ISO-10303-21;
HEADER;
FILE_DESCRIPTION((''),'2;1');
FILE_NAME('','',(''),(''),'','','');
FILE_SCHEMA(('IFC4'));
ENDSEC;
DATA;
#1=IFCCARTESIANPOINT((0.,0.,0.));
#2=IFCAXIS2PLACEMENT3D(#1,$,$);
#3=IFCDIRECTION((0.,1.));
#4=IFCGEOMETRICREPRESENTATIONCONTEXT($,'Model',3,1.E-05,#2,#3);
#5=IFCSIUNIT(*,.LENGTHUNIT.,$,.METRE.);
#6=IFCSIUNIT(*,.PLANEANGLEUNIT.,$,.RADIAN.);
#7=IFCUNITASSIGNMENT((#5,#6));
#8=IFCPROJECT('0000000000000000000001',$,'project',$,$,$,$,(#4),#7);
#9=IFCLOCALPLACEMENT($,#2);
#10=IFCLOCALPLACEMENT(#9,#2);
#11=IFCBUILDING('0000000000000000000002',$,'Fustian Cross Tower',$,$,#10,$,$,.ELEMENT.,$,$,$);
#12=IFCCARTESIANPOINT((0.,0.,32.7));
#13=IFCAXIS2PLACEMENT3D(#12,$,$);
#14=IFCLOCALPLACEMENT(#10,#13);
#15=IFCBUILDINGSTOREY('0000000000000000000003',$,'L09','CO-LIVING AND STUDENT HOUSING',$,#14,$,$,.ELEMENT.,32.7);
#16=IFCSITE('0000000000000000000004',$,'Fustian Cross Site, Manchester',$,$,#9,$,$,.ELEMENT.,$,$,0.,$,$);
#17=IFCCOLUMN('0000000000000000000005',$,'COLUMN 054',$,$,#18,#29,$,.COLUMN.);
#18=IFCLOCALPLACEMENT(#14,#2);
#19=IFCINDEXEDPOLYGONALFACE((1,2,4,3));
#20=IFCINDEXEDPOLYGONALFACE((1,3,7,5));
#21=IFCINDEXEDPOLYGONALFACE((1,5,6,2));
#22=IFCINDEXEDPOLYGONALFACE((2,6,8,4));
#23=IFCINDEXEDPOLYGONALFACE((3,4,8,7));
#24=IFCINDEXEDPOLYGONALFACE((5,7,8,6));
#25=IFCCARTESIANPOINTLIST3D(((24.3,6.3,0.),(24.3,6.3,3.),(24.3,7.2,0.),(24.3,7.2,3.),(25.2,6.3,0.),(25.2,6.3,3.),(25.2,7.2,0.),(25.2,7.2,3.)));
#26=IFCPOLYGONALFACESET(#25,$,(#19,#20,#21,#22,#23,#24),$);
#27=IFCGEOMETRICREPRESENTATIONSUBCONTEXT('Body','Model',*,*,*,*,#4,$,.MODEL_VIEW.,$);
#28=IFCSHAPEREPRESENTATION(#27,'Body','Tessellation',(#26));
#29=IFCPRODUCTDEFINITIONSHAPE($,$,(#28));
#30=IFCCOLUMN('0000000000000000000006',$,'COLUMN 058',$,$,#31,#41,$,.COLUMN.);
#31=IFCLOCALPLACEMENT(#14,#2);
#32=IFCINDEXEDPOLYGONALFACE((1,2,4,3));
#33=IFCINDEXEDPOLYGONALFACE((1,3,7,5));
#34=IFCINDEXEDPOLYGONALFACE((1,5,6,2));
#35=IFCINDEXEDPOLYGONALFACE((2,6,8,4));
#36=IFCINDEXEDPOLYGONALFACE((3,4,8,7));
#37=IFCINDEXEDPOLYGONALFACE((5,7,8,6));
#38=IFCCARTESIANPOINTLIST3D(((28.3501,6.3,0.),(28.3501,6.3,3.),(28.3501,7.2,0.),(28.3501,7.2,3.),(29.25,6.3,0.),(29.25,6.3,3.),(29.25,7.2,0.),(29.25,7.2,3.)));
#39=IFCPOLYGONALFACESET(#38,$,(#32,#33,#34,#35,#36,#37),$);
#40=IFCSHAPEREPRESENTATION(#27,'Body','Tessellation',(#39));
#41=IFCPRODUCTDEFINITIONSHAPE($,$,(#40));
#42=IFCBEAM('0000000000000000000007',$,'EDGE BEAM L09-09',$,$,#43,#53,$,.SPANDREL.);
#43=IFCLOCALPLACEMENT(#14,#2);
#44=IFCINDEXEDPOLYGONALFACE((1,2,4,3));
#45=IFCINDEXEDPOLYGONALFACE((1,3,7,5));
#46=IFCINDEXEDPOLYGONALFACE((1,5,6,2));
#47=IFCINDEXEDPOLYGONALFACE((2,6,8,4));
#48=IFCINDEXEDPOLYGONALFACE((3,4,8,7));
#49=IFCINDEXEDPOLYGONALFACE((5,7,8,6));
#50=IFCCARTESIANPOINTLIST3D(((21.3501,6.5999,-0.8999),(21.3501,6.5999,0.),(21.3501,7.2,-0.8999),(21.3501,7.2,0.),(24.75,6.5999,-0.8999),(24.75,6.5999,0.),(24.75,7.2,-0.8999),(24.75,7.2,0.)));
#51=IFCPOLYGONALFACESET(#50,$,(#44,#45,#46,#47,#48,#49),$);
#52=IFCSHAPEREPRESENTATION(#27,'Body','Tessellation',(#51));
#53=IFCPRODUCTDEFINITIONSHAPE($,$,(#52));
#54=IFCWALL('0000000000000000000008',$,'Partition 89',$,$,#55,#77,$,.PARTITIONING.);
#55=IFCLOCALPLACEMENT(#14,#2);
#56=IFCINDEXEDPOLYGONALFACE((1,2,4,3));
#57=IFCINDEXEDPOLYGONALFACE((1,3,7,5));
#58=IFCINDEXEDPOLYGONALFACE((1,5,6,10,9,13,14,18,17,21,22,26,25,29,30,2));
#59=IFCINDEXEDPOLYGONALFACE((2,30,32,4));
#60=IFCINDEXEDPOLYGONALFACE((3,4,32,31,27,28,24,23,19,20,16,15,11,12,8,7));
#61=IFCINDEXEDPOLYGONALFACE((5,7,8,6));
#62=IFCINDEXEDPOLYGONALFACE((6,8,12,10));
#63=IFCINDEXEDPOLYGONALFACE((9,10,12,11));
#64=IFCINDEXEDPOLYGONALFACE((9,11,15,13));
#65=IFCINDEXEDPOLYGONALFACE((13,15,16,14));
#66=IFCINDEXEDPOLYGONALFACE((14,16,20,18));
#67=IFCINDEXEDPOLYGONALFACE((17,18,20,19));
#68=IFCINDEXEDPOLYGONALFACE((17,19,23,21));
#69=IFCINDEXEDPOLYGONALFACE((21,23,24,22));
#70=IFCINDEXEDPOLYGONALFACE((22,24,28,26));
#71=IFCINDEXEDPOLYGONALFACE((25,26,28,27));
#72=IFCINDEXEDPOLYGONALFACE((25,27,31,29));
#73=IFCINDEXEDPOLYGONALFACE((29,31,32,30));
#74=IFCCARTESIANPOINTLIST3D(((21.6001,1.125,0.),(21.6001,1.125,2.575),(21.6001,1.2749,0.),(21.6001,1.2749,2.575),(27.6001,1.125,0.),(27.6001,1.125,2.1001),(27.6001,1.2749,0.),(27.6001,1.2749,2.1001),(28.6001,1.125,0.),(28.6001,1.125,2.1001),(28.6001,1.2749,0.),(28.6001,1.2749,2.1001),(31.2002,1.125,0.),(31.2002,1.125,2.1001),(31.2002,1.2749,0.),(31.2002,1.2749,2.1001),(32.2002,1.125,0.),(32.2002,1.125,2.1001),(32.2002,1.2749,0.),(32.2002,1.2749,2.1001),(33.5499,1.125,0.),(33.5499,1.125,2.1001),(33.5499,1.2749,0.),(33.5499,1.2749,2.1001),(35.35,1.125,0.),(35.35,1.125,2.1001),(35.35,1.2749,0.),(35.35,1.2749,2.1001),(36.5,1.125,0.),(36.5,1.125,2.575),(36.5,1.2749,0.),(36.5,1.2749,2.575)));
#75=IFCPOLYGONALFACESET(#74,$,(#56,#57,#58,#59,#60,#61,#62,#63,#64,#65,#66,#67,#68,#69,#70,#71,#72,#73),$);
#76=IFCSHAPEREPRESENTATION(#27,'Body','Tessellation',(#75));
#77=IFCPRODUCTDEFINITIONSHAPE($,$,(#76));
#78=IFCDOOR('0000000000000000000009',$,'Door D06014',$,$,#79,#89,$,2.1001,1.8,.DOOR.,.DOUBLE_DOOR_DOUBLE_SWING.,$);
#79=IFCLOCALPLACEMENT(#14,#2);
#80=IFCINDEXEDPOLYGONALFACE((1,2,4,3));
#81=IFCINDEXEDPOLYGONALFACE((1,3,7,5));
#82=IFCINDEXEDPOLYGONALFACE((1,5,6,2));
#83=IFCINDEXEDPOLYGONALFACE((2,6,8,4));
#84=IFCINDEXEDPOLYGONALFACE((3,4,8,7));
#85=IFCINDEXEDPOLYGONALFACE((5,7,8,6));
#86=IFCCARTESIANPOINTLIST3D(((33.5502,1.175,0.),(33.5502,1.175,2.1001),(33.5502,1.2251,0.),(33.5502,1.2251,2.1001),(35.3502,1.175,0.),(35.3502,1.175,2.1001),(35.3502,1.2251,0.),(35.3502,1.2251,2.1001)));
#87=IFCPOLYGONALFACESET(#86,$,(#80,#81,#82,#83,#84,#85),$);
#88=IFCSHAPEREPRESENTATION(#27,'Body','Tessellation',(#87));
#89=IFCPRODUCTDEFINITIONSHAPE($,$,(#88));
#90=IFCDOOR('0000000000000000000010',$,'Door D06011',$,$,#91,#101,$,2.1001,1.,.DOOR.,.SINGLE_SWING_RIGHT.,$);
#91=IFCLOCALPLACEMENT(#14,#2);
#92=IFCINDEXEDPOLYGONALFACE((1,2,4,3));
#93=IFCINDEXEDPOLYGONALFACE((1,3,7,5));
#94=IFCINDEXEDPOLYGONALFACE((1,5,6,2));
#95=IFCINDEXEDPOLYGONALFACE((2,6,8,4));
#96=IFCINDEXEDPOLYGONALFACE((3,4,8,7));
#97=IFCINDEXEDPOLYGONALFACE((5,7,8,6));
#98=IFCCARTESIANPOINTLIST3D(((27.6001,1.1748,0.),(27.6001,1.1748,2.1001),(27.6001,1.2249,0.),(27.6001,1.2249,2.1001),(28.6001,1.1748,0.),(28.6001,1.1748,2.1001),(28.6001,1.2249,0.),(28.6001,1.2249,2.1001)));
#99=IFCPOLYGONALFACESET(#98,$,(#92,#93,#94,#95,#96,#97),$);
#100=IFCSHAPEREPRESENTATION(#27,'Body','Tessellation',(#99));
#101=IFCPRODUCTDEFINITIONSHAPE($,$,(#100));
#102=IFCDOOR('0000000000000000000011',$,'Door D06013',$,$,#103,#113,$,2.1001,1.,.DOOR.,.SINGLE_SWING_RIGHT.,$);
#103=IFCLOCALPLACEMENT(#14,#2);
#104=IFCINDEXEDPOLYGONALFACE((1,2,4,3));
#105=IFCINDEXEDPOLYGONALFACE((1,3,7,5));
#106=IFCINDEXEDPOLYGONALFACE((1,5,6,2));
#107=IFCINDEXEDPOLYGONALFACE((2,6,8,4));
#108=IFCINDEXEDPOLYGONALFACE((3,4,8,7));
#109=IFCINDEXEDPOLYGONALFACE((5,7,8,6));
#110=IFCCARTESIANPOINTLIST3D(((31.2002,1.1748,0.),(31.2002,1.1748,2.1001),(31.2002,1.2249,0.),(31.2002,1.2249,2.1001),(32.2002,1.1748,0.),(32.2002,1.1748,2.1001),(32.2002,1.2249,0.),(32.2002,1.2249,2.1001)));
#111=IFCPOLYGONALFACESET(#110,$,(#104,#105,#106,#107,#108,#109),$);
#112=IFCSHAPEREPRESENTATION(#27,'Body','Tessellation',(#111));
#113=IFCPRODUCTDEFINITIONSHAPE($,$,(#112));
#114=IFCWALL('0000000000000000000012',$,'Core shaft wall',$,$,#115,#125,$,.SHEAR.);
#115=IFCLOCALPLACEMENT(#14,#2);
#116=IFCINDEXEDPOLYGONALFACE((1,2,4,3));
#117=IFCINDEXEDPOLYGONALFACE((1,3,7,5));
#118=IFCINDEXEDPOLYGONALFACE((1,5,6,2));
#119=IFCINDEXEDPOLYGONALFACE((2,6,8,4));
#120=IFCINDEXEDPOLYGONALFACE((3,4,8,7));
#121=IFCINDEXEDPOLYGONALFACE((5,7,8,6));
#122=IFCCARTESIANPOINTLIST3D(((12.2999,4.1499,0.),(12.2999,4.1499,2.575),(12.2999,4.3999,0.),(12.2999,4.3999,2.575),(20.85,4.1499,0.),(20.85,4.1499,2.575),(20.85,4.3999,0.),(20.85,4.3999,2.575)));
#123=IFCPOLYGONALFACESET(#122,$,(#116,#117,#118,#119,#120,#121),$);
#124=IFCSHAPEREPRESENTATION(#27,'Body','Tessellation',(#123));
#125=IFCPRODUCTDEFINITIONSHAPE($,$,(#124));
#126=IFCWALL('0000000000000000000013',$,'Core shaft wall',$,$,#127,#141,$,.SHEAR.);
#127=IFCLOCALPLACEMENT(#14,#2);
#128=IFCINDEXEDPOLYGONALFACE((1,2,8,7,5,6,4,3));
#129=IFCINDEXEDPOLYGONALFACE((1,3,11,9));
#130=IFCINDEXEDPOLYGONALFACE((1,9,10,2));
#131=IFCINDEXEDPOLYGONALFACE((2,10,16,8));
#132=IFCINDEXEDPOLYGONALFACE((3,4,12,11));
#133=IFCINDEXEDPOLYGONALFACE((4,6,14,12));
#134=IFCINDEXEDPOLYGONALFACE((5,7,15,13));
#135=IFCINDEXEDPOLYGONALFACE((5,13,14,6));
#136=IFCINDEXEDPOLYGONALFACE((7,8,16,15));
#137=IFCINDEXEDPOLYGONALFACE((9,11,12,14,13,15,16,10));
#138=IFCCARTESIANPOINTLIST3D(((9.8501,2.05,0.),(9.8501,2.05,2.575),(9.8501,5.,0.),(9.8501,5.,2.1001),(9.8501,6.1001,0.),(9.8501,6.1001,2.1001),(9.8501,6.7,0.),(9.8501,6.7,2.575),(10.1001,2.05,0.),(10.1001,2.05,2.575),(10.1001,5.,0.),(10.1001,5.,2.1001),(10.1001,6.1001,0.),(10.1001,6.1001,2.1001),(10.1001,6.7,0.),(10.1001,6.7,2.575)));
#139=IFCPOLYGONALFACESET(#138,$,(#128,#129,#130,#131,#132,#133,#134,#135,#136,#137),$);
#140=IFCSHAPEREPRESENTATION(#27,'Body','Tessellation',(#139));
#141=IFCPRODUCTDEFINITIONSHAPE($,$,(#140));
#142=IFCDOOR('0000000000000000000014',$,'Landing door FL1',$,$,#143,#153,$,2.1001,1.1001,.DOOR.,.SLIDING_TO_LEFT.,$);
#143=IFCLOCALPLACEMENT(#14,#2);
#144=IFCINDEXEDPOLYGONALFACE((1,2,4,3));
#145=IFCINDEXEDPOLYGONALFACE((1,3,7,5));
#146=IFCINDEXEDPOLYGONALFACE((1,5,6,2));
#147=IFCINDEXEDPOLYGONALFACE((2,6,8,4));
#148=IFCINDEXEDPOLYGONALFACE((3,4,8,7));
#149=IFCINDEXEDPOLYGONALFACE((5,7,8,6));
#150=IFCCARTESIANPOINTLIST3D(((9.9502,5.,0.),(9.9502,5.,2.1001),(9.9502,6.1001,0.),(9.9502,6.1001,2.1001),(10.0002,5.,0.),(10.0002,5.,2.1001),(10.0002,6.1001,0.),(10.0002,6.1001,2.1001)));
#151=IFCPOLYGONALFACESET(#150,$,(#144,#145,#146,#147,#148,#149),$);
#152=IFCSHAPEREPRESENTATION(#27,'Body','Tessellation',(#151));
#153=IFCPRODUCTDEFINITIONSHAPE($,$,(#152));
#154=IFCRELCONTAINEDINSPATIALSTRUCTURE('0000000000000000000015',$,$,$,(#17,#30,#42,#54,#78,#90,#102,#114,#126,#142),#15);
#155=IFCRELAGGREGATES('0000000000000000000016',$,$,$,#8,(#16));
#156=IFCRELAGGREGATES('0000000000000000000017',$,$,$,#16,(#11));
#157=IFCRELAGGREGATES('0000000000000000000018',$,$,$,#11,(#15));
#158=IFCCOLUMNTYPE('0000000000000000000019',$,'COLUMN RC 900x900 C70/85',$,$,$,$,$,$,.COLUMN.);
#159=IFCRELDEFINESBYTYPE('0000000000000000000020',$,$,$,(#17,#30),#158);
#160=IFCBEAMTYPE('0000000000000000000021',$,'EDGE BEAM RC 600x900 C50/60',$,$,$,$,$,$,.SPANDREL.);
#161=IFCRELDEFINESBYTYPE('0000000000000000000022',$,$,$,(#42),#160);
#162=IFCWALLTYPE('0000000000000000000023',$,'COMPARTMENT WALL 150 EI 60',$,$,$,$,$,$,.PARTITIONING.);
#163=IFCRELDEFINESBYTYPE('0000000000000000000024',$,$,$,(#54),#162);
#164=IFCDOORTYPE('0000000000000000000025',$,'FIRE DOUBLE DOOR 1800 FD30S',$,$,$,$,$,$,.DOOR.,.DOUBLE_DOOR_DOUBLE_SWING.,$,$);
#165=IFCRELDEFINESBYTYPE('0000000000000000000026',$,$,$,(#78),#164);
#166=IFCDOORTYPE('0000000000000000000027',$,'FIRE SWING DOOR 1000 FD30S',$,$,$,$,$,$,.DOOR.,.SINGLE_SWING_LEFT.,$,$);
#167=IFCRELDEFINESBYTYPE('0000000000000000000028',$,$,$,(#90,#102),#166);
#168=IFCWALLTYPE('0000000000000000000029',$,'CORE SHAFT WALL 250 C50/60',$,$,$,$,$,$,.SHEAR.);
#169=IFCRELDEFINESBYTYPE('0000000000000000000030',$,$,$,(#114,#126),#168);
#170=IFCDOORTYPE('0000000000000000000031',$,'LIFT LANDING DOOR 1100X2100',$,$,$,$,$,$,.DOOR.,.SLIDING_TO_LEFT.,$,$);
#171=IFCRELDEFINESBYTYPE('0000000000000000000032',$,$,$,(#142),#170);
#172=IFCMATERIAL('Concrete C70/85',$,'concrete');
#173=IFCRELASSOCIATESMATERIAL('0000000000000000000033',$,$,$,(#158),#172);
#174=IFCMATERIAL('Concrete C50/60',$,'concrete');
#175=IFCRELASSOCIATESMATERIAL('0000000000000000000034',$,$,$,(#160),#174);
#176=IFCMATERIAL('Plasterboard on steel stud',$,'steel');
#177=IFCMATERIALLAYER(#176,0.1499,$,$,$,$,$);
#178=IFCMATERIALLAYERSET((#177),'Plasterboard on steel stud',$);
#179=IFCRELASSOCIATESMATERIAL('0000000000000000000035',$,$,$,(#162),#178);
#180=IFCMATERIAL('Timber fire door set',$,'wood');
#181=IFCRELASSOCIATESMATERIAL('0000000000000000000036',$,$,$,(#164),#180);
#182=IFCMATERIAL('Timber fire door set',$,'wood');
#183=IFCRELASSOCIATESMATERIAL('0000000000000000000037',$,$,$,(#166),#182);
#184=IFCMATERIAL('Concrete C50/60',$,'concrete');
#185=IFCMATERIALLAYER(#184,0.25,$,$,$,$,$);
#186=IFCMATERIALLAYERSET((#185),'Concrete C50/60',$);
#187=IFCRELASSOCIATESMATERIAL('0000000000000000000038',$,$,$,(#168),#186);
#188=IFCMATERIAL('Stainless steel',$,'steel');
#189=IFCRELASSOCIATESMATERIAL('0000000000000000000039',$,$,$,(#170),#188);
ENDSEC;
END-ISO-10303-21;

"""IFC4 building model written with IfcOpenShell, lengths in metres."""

from ifc_helpers import new_model, si_unit, direction, frame, frame_2d, origin, origin_2d, place, context, subcontext, project, spatial, rectangle, extrude, material, layer, layer_set, material_profile, profile_set, type_object, element, fill, save


model = new_model("IFC4")

# Units and contexts
model_context = context("Model", 3, precision=1e-05, world=origin(), true_north=direction((0.0, 1.0)))
body_context = subcontext(model_context, "Body", "Model", "MODEL_VIEW")
ifc_project = project(units=[si_unit("LENGTHUNIT", "METRE"), si_unit("PLANEANGLEUNIT", "RADIAN")], contexts=[model_context])

# Site, building, storey
site_placement = place(None, origin())
site = spatial("IfcSite", under=ifc_project, at=site_placement, Name="Fustian Cross Site, Manchester", CompositionType="ELEMENT", RefElevation=0.0)
building_placement = place(site_placement, origin())
building = spatial("IfcBuilding", under=site, at=building_placement, Name="Fustian Cross Tower", CompositionType="ELEMENT")
storey_placement = place(building_placement, frame((0.0, 0.0, 32.7)))
storey = spatial("IfcBuildingStorey", under=building, at=storey_placement, Name="L09", Description="CO-LIVING AND STUDENT HOUSING", CompositionType="ELEMENT", Elevation=32.7)

# Columns
ifc_material_1 = material(Name="Concrete C70/85", Category="concrete")
ifc_material_profile_1 = material_profile(ifc_material_1, rectangle(XDim=0.8999, YDim=0.8999, at=origin_2d()), Name="RC 900x900")
ifc_profile_set_1 = profile_set([ifc_material_profile_1], Name="Concrete C70/85")
column_type = type_object("IfcColumnType", Name="COLUMN RC 900x900 C70/85", PredefinedType="COLUMN", material=ifc_profile_set_1)
for number, where, z_axis, x_axis, name in (
    (1, (24.75, 6.75, 0.0), (0.0, 0.0, 1.0), (1.0, 0.0, 0.0), "COLUMN 054"),
    (2, (28.8, 6.75, 0.0), (0.0, 0.0, 1.0), (1.0, 0.0, 0.0), "COLUMN 058"),
):
    element("IfcColumn", number, at=place(storey_placement, frame(where, z_axis=z_axis, x_axis=x_axis)), inside=storey, type_object=column_type, Name=name, PredefinedType="COLUMN", context=body_context, shape_type="SweptSolid", body=[
        extrude(rectangle(XDim=0.8999, YDim=0.8999, at=origin_2d()), origin(), (0.0, 0.0, 1.0), 3.0),
    ])

# Beam
ifc_material_2 = material(Name="Concrete C50/60", Category="concrete")
ifc_material_profile_2 = material_profile(ifc_material_2, rectangle(XDim=0.6001, YDim=0.8999, at=origin_2d()), Name="RC 600x900")
ifc_profile_set_2 = profile_set([ifc_material_profile_2], Name="Concrete C50/60")
beam_type = type_object("IfcBeamType", Name="EDGE BEAM RC 600x900 C50/60", PredefinedType="SPANDREL", material=ifc_profile_set_2)
beam_placement = place(storey_placement, frame((24.75, 6.8999, -0.45), z_axis=(-1.0, 0.0, 0.0), x_axis=(0.0, -1.0, 0.0)))
element("IfcBeam", 3, at=beam_placement, inside=storey, type_object=beam_type, Name="EDGE BEAM L09-09", PredefinedType="SPANDREL", context=body_context, shape_type="SweptSolid", body=[
    extrude(rectangle(XDim=0.6001, YDim=0.8999, at=origin_2d()), origin(), (0.0, 0.0, 1.0), 3.3999),
])

# Wall, openings, doors
ifc_material_3 = material(Name="Plasterboard on steel stud", Category="steel")
ifc_layer_1 = layer(ifc_material_3, 0.1499)
ifc_layer_set_1 = layer_set([ifc_layer_1], Name="Plasterboard on steel stud")
wall_type_1 = type_object("IfcWallType", Name="COMPARTMENT WALL 150 EI 60", PredefinedType="PARTITIONING", material=ifc_layer_set_1)
wall_1_placement = place(storey_placement, frame((21.6001, 1.2, 0.0), z_axis=(0.0, 0.0, 1.0), x_axis=(1.0, 0.0, 0.0)))
wall_1 = element("IfcWall", 4, at=wall_1_placement, inside=storey, type_object=wall_type_1, Name="Partition 89", PredefinedType="PARTITIONING", context=body_context, shape_type="SweptSolid", body=[
    extrude(rectangle(XDim=14.8999, YDim=0.1499, at=frame_2d((7.45, 0.0))), origin(), (0.0, 0.0, 1.0), 2.575),
])
opening_1_placement = place(wall_1_placement, frame((6.0, 0.0, 0.0)))
opening_1 = element("IfcOpeningElement", 5, at=opening_1_placement, cuts=wall_1, PredefinedType="OPENING", context=body_context, shape_type="SweptSolid", body=[
    extrude(rectangle(XDim=1.0, YDim=2.1001, at=frame_2d((0.5, 1.05))), frame((0.0, 0.085, 0.0), z_axis=(0.0, -1.0, 0.0), x_axis=(1.0, 0.0, 0.0)), (0.0, 0.0, 1.0), 0.1699),
])
opening_2_placement = place(wall_1_placement, frame((9.6001, 0.0, 0.0)))
opening_2 = element("IfcOpeningElement", 6, at=opening_2_placement, cuts=wall_1, PredefinedType="OPENING", context=body_context, shape_type="SweptSolid", body=[
    extrude(rectangle(XDim=1.0, YDim=2.1001, at=frame_2d((0.5, 1.05))), frame((0.0, 0.085, 0.0), z_axis=(0.0, -1.0, 0.0), x_axis=(1.0, 0.0, 0.0)), (0.0, 0.0, 1.0), 0.1699),
])
opening_3_placement = place(wall_1_placement, frame((11.95, 0.0, 0.0)))
opening_3 = element("IfcOpeningElement", 7, at=opening_3_placement, cuts=wall_1, PredefinedType="OPENING", context=body_context, shape_type="SweptSolid", body=[
    extrude(rectangle(XDim=1.8, YDim=2.1001, at=frame_2d((0.8999, 1.05))), frame((0.0, 0.085, 0.0), z_axis=(0.0, -1.0, 0.0), x_axis=(1.0, 0.0, 0.0)), (0.0, 0.0, 1.0), 0.1699),
])
ifc_material_4 = material(Name="Timber fire door set", Category="wood")
door_type_1 = type_object("IfcDoorType", Name="FIRE DOUBLE DOOR 1800 FD30S", OperationType="DOUBLE_DOOR_DOUBLE_SWING", PredefinedType="DOOR", material=ifc_material_4)
door_1_placement = place(opening_3_placement, frame((1.8, 0.0, 0.0), z_axis=(0.0, 0.0, 1.0), x_axis=(-1.0, 0.0, 0.0)))
door_1 = element("IfcDoor", 8, at=door_1_placement, inside=storey, type_object=door_type_1, Name="Door D06014", OperationType="DOUBLE_DOOR_DOUBLE_SWING", OverallHeight=2.1001, OverallWidth=1.8, PredefinedType="DOOR", context=body_context, shape_type="SweptSolid", body=[
    extrude(rectangle(XDim=1.8, YDim=2.1001, at=frame_2d((0.8999, 1.05))), frame((0.0, 0.0249, 0.0), z_axis=(0.0, -1.0, 0.0), x_axis=(1.0, 0.0, 0.0)), (0.0, 0.0, 1.0), 0.05),
])
fill(opening_3, door_1)
ifc_material_5 = material(Name="Timber fire door set", Category="wood")
door_type_2 = type_object("IfcDoorType", Name="FIRE SWING DOOR 1000 FD30S", OperationType="SINGLE_SWING_LEFT", PredefinedType="DOOR", material=ifc_material_5)
door_2_placement = place(opening_1_placement, origin())
door_2 = element("IfcDoor", 9, at=door_2_placement, inside=storey, type_object=door_type_2, Name="Door D06011", OperationType="SINGLE_SWING_RIGHT", OverallHeight=2.1001, OverallWidth=1.0, PredefinedType="DOOR", context=body_context, shape_type="SweptSolid", body=[
    extrude(rectangle(XDim=1.0, YDim=2.1001, at=frame_2d((0.5, 1.05))), frame((0.0, 0.0249, 0.0), z_axis=(0.0, -1.0, 0.0), x_axis=(1.0, 0.0, 0.0)), (0.0, 0.0, 1.0), 0.05),
])
fill(opening_1, door_2)
door_3_placement = place(opening_2_placement, origin())
door_3 = element("IfcDoor", 10, at=door_3_placement, inside=storey, type_object=door_type_2, Name="Door D06013", OperationType="SINGLE_SWING_RIGHT", OverallHeight=2.1001, OverallWidth=1.0, PredefinedType="DOOR", context=body_context, shape_type="SweptSolid", body=[
    extrude(rectangle(XDim=1.0, YDim=2.1001, at=frame_2d((0.5, 1.05))), frame((0.0, 0.0249, 0.0), z_axis=(0.0, -1.0, 0.0), x_axis=(1.0, 0.0, 0.0)), (0.0, 0.0, 1.0), 0.05),
])
fill(opening_2, door_3)

# Wall
ifc_material_6 = material(Name="Concrete C50/60", Category="concrete")
ifc_layer_2 = layer(ifc_material_6, 0.25)
ifc_layer_set_2 = layer_set([ifc_layer_2], Name="Concrete C50/60")
wall_type_2 = type_object("IfcWallType", Name="CORE SHAFT WALL 250 C50/60", PredefinedType="SHEAR", material=ifc_layer_set_2)
wall_2_placement = place(storey_placement, frame((12.3, 4.2749, 0.0), z_axis=(0.0, 0.0, 1.0), x_axis=(1.0, 0.0, 0.0)))
element("IfcWall", 11, at=wall_2_placement, inside=storey, type_object=wall_type_2, Name="Core shaft wall", PredefinedType="SHEAR", context=body_context, shape_type="SweptSolid", body=[
    extrude(rectangle(XDim=8.55, YDim=0.25, at=frame_2d((4.2749, 0.0))), origin(), (0.0, 0.0, 1.0), 2.575),
])

# Wall, opening, door
wall_3_placement = place(storey_placement, frame((9.9751, 2.05, 0.0), z_axis=(0.0, 0.0, 1.0), x_axis=(0.0, 1.0, 0.0)))
wall_3 = element("IfcWall", 12, at=wall_3_placement, inside=storey, type_object=wall_type_2, Name="Core shaft wall", PredefinedType="SHEAR", context=body_context, shape_type="SweptSolid", body=[
    extrude(rectangle(XDim=4.6499, YDim=0.25, at=frame_2d((2.325, 0.0))), origin(), (0.0, 0.0, 1.0), 2.575),
])
opening_4_placement = place(wall_3_placement, frame((2.95, 0.0, 0.0)))
opening_4 = element("IfcOpeningElement", 13, at=opening_4_placement, cuts=wall_3, PredefinedType="OPENING", context=body_context, shape_type="SweptSolid", body=[
    extrude(rectangle(XDim=1.1001, YDim=2.1001, at=frame_2d((0.55, 1.05))), frame((0.0, 0.135, 0.0), z_axis=(0.0, -1.0, 0.0), x_axis=(1.0, 0.0, 0.0)), (0.0, 0.0, 1.0), 0.27),
])
ifc_material_7 = material(Name="Stainless steel", Category="steel")
door_type_3 = type_object("IfcDoorType", Name="LIFT LANDING DOOR 1100X2100", OperationType="SLIDING_TO_LEFT", PredefinedType="DOOR", material=ifc_material_7)
door_4_placement = place(opening_4_placement, origin())
door_4 = element("IfcDoor", 14, at=door_4_placement, inside=storey, type_object=door_type_3, Name="Landing door FL1", OperationType="SLIDING_TO_LEFT", OverallHeight=2.1001, OverallWidth=1.1001, PredefinedType="DOOR", context=body_context, shape_type="SweptSolid", body=[
    extrude(rectangle(XDim=1.1001, YDim=2.1001, at=frame_2d((0.55, 1.05))), frame((0.0, 0.0249, 0.0), z_axis=(0.0, -1.0, 0.0), x_axis=(1.0, 0.0, 0.0)), (0.0, 0.0, 1.0), 0.05),
])
fill(opening_4, door_4)

save(model, "model.ifc")
